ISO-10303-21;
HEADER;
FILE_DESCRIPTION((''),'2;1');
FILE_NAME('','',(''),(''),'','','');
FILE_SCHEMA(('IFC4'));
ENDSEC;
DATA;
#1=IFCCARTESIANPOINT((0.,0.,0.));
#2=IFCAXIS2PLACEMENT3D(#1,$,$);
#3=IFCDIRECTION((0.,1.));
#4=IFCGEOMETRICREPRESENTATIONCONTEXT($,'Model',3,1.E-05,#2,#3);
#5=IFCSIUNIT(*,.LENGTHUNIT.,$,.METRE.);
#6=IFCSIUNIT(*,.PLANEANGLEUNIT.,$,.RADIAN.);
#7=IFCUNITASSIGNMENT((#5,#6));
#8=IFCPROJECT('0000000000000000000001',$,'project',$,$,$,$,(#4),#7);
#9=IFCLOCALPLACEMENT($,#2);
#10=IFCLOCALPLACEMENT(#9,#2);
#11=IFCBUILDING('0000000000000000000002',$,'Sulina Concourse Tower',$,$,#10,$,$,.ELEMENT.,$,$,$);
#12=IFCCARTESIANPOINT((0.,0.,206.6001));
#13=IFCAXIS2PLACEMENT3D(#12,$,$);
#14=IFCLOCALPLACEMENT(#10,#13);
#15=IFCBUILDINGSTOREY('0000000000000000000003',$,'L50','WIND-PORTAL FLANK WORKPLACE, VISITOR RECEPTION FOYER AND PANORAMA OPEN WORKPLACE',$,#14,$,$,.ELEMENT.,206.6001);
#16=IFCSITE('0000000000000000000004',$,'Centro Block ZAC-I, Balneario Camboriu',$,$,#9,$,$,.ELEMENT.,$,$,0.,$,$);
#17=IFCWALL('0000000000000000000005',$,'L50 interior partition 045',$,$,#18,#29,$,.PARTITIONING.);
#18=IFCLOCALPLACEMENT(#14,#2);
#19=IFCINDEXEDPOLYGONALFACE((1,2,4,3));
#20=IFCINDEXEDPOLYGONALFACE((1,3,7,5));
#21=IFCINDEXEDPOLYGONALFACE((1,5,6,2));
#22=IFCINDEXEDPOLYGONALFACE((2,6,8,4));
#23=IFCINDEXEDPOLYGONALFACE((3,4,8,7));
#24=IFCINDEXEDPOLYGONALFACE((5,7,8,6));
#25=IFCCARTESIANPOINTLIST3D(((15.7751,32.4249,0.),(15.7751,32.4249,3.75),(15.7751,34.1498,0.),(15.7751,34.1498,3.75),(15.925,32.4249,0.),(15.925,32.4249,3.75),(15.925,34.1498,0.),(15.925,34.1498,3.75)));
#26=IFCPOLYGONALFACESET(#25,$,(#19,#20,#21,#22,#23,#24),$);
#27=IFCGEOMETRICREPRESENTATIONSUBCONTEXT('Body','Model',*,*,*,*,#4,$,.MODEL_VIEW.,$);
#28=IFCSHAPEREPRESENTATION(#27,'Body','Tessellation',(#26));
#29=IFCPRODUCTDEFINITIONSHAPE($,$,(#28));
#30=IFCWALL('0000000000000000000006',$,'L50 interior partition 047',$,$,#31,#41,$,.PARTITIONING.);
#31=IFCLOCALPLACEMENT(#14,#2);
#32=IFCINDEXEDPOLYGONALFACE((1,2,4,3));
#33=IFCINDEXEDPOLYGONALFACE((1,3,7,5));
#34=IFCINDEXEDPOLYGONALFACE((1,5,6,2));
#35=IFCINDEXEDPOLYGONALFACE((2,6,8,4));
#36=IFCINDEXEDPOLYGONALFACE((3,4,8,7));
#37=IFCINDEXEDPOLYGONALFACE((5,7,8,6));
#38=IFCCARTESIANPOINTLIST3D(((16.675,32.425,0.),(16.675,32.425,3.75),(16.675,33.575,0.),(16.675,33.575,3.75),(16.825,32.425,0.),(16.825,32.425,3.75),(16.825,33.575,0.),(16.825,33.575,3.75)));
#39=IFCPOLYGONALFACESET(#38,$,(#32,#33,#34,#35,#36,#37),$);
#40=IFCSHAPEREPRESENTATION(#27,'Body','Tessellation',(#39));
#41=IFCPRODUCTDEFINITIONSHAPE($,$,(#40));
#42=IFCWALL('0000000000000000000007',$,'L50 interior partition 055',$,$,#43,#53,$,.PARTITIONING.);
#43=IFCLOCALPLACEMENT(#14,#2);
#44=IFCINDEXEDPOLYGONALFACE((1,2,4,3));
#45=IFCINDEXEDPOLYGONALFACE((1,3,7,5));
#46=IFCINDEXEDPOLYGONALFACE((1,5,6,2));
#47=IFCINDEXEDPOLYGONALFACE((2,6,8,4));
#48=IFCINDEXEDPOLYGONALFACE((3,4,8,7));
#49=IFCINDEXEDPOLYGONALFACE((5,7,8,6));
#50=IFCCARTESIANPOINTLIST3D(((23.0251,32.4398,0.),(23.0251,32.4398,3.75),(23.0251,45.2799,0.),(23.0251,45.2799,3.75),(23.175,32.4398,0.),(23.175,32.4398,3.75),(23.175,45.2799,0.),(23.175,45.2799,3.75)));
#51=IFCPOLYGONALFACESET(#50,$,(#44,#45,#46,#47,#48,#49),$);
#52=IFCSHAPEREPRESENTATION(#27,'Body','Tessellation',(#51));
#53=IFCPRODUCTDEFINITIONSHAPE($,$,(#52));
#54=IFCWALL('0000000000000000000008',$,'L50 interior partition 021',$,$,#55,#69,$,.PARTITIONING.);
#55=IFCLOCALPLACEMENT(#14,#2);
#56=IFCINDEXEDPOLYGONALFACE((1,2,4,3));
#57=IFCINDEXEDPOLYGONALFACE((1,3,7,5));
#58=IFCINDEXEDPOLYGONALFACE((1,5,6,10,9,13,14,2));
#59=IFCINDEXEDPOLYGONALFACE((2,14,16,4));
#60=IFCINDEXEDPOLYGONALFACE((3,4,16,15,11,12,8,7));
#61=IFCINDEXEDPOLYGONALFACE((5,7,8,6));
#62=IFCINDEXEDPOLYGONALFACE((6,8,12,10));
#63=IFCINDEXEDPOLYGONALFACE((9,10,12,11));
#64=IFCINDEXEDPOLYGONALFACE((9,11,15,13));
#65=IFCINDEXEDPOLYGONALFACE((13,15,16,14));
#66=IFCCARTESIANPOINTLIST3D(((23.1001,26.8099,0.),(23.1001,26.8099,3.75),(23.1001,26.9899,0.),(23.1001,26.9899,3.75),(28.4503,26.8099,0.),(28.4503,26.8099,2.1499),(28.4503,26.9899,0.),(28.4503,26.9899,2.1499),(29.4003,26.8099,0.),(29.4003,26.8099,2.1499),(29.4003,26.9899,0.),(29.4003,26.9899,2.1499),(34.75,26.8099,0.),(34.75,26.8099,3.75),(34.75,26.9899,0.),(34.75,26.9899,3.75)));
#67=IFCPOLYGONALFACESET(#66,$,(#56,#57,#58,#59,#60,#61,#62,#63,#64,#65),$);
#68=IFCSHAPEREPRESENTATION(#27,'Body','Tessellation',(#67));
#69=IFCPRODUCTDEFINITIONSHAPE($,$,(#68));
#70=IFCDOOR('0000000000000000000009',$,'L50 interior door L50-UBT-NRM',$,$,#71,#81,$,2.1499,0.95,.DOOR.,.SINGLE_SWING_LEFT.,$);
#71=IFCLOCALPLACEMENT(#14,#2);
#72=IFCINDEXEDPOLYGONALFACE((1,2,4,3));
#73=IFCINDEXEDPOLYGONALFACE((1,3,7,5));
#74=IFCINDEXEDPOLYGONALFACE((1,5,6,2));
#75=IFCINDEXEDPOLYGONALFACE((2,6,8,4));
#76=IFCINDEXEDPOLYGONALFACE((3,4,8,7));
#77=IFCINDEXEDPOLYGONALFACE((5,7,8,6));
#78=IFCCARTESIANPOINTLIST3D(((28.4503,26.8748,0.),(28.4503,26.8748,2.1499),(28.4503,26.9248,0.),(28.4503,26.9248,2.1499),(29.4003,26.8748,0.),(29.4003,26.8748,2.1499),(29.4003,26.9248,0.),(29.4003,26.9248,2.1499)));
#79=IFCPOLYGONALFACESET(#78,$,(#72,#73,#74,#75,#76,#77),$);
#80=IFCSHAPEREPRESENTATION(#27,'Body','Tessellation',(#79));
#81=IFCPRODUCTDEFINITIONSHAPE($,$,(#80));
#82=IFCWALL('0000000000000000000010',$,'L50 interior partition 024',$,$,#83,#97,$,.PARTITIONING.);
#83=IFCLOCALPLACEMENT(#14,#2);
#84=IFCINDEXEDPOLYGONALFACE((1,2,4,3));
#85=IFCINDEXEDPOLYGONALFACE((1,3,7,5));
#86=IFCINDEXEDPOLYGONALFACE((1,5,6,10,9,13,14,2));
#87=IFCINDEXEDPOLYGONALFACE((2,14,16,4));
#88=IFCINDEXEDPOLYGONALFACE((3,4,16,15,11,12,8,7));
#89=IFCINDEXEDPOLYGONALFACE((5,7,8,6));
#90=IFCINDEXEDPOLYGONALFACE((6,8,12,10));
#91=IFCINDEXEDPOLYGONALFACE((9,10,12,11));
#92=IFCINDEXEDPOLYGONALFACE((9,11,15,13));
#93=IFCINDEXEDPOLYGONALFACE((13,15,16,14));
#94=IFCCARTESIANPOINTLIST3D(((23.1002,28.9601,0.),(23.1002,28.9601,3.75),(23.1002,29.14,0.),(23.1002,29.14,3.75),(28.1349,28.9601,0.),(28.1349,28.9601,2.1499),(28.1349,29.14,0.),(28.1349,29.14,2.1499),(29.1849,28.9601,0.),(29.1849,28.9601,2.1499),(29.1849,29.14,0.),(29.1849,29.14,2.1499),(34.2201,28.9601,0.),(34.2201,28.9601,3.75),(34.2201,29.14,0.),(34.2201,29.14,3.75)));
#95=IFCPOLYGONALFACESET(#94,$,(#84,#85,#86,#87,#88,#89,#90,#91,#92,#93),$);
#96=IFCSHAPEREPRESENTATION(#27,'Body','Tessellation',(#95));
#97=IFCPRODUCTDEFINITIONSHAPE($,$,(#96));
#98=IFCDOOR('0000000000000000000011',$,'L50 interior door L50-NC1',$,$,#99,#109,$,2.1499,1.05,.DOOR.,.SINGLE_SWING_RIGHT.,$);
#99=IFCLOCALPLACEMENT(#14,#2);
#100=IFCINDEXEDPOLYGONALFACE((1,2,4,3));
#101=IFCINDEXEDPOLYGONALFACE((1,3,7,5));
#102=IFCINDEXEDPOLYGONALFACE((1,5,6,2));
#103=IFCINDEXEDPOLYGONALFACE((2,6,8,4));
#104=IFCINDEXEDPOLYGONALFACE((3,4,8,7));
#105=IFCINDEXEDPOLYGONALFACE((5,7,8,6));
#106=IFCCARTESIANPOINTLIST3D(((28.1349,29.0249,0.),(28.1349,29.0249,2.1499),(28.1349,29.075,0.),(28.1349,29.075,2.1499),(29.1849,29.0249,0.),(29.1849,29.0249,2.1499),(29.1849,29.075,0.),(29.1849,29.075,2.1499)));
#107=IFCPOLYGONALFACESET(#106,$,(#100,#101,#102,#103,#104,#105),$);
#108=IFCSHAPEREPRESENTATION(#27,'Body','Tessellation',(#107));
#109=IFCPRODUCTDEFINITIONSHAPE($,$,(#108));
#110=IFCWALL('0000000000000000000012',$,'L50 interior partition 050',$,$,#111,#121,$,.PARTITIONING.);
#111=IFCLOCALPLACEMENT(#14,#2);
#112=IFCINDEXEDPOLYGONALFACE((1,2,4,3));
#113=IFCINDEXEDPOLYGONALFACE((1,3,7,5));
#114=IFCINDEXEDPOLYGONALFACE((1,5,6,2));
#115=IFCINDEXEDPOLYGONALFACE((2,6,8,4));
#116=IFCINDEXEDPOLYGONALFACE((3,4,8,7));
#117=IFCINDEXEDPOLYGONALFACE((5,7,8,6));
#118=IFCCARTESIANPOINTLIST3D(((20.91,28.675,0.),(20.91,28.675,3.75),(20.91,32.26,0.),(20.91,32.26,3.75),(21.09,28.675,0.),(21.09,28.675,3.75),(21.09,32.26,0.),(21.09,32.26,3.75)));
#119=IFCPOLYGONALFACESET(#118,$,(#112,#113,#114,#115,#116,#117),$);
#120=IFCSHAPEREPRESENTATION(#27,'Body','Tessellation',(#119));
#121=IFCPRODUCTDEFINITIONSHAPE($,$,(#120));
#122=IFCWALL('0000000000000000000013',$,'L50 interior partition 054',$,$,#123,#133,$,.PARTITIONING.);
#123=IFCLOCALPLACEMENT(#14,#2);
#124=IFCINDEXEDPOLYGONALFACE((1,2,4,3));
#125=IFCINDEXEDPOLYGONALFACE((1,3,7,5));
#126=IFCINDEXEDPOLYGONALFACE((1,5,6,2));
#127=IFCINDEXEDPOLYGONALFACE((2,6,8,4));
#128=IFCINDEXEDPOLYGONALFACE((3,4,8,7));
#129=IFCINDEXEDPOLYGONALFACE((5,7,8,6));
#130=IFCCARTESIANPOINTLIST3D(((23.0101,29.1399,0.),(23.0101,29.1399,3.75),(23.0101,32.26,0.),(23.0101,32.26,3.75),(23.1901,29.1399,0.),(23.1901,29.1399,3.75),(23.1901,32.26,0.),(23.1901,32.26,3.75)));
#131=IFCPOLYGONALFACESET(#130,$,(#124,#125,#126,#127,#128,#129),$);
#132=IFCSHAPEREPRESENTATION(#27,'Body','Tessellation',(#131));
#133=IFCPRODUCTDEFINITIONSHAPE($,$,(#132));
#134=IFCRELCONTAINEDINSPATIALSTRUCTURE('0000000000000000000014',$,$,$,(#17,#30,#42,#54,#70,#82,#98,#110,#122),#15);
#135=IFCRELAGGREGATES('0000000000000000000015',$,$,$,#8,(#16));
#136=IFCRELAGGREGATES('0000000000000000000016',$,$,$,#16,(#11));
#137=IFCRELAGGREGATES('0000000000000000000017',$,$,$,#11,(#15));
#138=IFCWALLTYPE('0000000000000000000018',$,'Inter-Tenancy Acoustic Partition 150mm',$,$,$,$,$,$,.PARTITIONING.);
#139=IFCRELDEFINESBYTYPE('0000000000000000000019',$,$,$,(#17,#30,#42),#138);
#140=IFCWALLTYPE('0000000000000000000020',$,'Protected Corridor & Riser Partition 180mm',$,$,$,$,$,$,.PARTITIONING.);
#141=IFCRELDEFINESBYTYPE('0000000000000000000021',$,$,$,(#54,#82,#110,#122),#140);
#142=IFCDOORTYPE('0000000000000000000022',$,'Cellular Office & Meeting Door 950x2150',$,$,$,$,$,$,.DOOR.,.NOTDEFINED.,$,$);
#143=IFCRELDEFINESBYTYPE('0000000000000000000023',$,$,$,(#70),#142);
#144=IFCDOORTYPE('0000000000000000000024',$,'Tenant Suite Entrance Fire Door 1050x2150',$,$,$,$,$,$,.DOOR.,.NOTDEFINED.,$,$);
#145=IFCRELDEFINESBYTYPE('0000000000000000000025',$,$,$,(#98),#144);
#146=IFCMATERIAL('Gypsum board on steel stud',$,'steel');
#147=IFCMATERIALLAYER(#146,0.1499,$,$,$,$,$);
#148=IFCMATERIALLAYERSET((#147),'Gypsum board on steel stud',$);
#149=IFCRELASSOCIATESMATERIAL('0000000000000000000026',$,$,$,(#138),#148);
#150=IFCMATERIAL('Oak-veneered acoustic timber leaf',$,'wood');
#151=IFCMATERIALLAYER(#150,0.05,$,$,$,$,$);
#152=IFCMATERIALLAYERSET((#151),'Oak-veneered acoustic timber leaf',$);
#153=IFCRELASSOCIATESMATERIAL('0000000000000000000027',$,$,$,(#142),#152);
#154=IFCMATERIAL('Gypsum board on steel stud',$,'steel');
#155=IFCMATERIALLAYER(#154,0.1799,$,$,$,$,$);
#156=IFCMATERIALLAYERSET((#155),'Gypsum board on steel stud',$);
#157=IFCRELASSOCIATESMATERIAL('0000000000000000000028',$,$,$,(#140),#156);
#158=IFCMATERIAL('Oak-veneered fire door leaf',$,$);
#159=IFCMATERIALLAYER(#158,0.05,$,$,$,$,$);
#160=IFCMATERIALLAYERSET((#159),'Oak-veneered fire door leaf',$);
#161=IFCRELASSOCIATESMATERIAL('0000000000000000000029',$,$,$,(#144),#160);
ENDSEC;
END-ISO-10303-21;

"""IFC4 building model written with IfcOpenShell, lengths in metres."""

from ifc_helpers import new_model, si_unit, direction, frame, frame_2d, origin, place, context, subcontext, project, spatial, rectangle, extrude, material, layer, layer_set, type_object, element, fill, save


model = new_model("IFC4")

# Units and contexts
model_context = context("Model", 3, precision=1e-05, world=origin(), true_north=direction((0.0, 1.0)))
body_context = subcontext(model_context, "Body", "Model", "MODEL_VIEW")
ifc_project = project(units=[si_unit("LENGTHUNIT", "METRE"), si_unit("PLANEANGLEUNIT", "RADIAN")], contexts=[model_context])

# Site, building, storey
site_placement = place(None, origin())
site = spatial("IfcSite", under=ifc_project, at=site_placement, Name="Centro Block ZAC-I, Balneario Camboriu", CompositionType="ELEMENT", RefElevation=0.0)
building_placement = place(site_placement, origin())
building = spatial("IfcBuilding", under=site, at=building_placement, Name="Sulina Concourse Tower", CompositionType="ELEMENT")
storey_placement = place(building_placement, frame((0.0, 0.0, 206.6001)))
storey = spatial("IfcBuildingStorey", under=building, at=storey_placement, Name="L50", Description="WIND-PORTAL FLANK WORKPLACE, VISITOR RECEPTION FOYER AND PANORAMA OPEN WORKPLACE", CompositionType="ELEMENT", Elevation=206.6001)

# Shared definitions
ifc_material_1 = material(Name="Gypsum board on steel stud", Category="steel")
ifc_layer_1 = layer(ifc_material_1, 0.1499)
ifc_layer_set_1 = layer_set([ifc_layer_1], Name="Gypsum board on steel stud")
wall_type_1 = type_object("IfcWallType", Name="Inter-Tenancy Acoustic Partition 150mm", PredefinedType="PARTITIONING", material=ifc_layer_set_1)

# Shared definitions
ifc_material_2 = material(Name="Oak-veneered acoustic timber leaf", Category="wood")
ifc_layer_2 = layer(ifc_material_2, 0.05)
ifc_layer_set_2 = layer_set([ifc_layer_2], Name="Oak-veneered acoustic timber leaf")
door_type_1 = type_object("IfcDoorType", Name="Cellular Office & Meeting Door 950x2150", OperationType="NOTDEFINED", PredefinedType="DOOR", material=ifc_layer_set_2)

# Walls
wall_1_placement = place(storey_placement, frame((15.8501, 32.425, 0.0), z_axis=(0.0, 0.0, 1.0), x_axis=(0.0, 1.0, 0.0)))
element("IfcWall", 1, at=wall_1_placement, inside=storey, type_object=wall_type_1, Name="L50 interior partition 045", PredefinedType="PARTITIONING", context=body_context, shape_type="SweptSolid", body=[
    extrude(rectangle(XDim=1.7249, YDim=0.1499, at=frame_2d((0.8623, 0.0))), origin(), (0.0, 0.0, 1.0), 3.75),
])
wall_2_placement = place(storey_placement, frame((16.75, 32.425, 0.0), z_axis=(0.0, 0.0, 1.0), x_axis=(0.0, 1.0, 0.0)))
element("IfcWall", 2, at=wall_2_placement, inside=storey, type_object=wall_type_1, Name="L50 interior partition 047", PredefinedType="PARTITIONING", context=body_context, shape_type="SweptSolid", body=[
    extrude(rectangle(XDim=1.1499, YDim=0.1499, at=frame_2d((0.575, 0.0))), origin(), (0.0, 0.0, 1.0), 3.75),
])
wall_3_placement = place(storey_placement, frame((23.1001, 32.4399, 0.0), z_axis=(0.0, 0.0, 1.0), x_axis=(0.0, 1.0, 0.0)))
element("IfcWall", 3, at=wall_3_placement, inside=storey, type_object=wall_type_1, Name="L50 interior partition 055", PredefinedType="PARTITIONING", context=body_context, shape_type="SweptSolid", body=[
    extrude(rectangle(XDim=12.8401, YDim=0.1499, at=frame_2d((6.4199, 0.0))), origin(), (0.0, 0.0, 1.0), 3.75),
])

# Walls, openings, doors
ifc_material_3 = material(Name="Gypsum board on steel stud", Category="steel")
ifc_layer_3 = layer(ifc_material_3, 0.1799)
ifc_layer_set_3 = layer_set([ifc_layer_3], Name="Gypsum board on steel stud")
wall_type_2 = type_object("IfcWallType", Name="Protected Corridor & Riser Partition 180mm", PredefinedType="PARTITIONING", material=ifc_layer_set_3)
wall_4_placement = place(storey_placement, frame((23.1001, 26.8999, 0.0), z_axis=(0.0, 0.0, 1.0), x_axis=(1.0, 0.0, 0.0)))
wall_4 = element("IfcWall", 4, at=wall_4_placement, inside=storey, type_object=wall_type_2, Name="L50 interior partition 021", PredefinedType="PARTITIONING", context=body_context, shape_type="SweptSolid", body=[
    extrude(rectangle(XDim=11.6499, YDim=0.1799, at=frame_2d((5.825, 0.0))), origin(), (0.0, 0.0, 1.0), 3.75),
])
opening_1_placement = place(wall_4_placement, frame((5.3501, 0.0, 0.0)))
opening_1 = element("IfcOpeningElement", 5, at=opening_1_placement, cuts=wall_4, PredefinedType="OPENING", context=body_context, shape_type="SweptSolid", body=[
    extrude(rectangle(XDim=0.95, YDim=2.1499, at=frame_2d((0.4751, 1.075))), frame((0.0, 0.0999, 0.0), z_axis=(0.0, -1.0, 0.0), x_axis=(1.0, 0.0, 0.0)), (0.0, 0.0, 1.0), 0.2),
])
door_1_placement = place(opening_1_placement, origin())
door_1 = element("IfcDoor", 6, at=door_1_placement, inside=storey, type_object=door_type_1, Name="L50 interior door L50-UBT-NRM", OperationType="SINGLE_SWING_LEFT", OverallHeight=2.1499, OverallWidth=0.95, PredefinedType="DOOR", context=body_context, shape_type="SweptSolid", body=[
    extrude(rectangle(XDim=0.95, YDim=2.1499, at=frame_2d((0.4751, 1.075))), frame((0.0, 0.0249, 0.0), z_axis=(0.0, -1.0, 0.0), x_axis=(1.0, 0.0, 0.0)), (0.0, 0.0, 1.0), 0.05),
])
fill(opening_1, door_1)
wall_5_placement = place(storey_placement, frame((23.1001, 29.05, 0.0), z_axis=(0.0, 0.0, 1.0), x_axis=(1.0, 0.0, 0.0)))
wall_5 = element("IfcWall", 7, at=wall_5_placement, inside=storey, type_object=wall_type_2, Name="L50 interior partition 024", PredefinedType="PARTITIONING", context=body_context, shape_type="SweptSolid", body=[
    extrude(rectangle(XDim=11.1199, YDim=0.1799, at=frame_2d((5.5601, 0.0))), origin(), (0.0, 0.0, 1.0), 3.75),
])
opening_2_placement = place(wall_5_placement, frame((5.0349, 0.0, 0.0)))
opening_2 = element("IfcOpeningElement", 8, at=opening_2_placement, cuts=wall_5, PredefinedType="OPENING", context=body_context, shape_type="SweptSolid", body=[
    extrude(rectangle(XDim=1.05, YDim=2.1499, at=frame_2d((0.5249, 1.075))), frame((0.0, 0.0999, 0.0), z_axis=(0.0, -1.0, 0.0), x_axis=(1.0, 0.0, 0.0)), (0.0, 0.0, 1.0), 0.2),
])
ifc_material_4 = material(Name="Oak-veneered fire door leaf")
ifc_layer_4 = layer(ifc_material_4, 0.05)
ifc_layer_set_4 = layer_set([ifc_layer_4], Name="Oak-veneered fire door leaf")
door_type_2 = type_object("IfcDoorType", Name="Tenant Suite Entrance Fire Door 1050x2150", OperationType="NOTDEFINED", PredefinedType="DOOR", material=ifc_layer_set_4)
door_2_placement = place(opening_2_placement, origin())
door_2 = element("IfcDoor", 9, at=door_2_placement, inside=storey, type_object=door_type_2, Name="L50 interior door L50-NC1", OperationType="SINGLE_SWING_RIGHT", OverallHeight=2.1499, OverallWidth=1.05, PredefinedType="DOOR", context=body_context, shape_type="SweptSolid", body=[
    extrude(rectangle(XDim=1.05, YDim=2.1499, at=frame_2d((0.5249, 1.075))), frame((0.0, 0.0249, 0.0), z_axis=(0.0, -1.0, 0.0), x_axis=(1.0, 0.0, 0.0)), (0.0, 0.0, 1.0), 0.05),
])
fill(opening_2, door_2)

# Walls
wall_6_placement = place(storey_placement, frame((21.0, 28.675, 0.0), z_axis=(0.0, 0.0, 1.0), x_axis=(0.0, 1.0, 0.0)))
element("IfcWall", 10, at=wall_6_placement, inside=storey, type_object=wall_type_2, Name="L50 interior partition 050", PredefinedType="PARTITIONING", context=body_context, shape_type="SweptSolid", body=[
    extrude(rectangle(XDim=3.585, YDim=0.1799, at=frame_2d((1.7925, 0.0))), origin(), (0.0, 0.0, 1.0), 3.75),
])
wall_7_placement = place(storey_placement, frame((23.1001, 29.1399, 0.0), z_axis=(0.0, 0.0, 1.0), x_axis=(0.0, 1.0, 0.0)))
element("IfcWall", 11, at=wall_7_placement, inside=storey, type_object=wall_type_2, Name="L50 interior partition 054", PredefinedType="PARTITIONING", context=body_context, shape_type="SweptSolid", body=[
    extrude(rectangle(XDim=3.1201, YDim=0.1799, at=frame_2d((1.5601, 0.0))), origin(), (0.0, 0.0, 1.0), 3.75),
])

save(model, "model.ifc")
